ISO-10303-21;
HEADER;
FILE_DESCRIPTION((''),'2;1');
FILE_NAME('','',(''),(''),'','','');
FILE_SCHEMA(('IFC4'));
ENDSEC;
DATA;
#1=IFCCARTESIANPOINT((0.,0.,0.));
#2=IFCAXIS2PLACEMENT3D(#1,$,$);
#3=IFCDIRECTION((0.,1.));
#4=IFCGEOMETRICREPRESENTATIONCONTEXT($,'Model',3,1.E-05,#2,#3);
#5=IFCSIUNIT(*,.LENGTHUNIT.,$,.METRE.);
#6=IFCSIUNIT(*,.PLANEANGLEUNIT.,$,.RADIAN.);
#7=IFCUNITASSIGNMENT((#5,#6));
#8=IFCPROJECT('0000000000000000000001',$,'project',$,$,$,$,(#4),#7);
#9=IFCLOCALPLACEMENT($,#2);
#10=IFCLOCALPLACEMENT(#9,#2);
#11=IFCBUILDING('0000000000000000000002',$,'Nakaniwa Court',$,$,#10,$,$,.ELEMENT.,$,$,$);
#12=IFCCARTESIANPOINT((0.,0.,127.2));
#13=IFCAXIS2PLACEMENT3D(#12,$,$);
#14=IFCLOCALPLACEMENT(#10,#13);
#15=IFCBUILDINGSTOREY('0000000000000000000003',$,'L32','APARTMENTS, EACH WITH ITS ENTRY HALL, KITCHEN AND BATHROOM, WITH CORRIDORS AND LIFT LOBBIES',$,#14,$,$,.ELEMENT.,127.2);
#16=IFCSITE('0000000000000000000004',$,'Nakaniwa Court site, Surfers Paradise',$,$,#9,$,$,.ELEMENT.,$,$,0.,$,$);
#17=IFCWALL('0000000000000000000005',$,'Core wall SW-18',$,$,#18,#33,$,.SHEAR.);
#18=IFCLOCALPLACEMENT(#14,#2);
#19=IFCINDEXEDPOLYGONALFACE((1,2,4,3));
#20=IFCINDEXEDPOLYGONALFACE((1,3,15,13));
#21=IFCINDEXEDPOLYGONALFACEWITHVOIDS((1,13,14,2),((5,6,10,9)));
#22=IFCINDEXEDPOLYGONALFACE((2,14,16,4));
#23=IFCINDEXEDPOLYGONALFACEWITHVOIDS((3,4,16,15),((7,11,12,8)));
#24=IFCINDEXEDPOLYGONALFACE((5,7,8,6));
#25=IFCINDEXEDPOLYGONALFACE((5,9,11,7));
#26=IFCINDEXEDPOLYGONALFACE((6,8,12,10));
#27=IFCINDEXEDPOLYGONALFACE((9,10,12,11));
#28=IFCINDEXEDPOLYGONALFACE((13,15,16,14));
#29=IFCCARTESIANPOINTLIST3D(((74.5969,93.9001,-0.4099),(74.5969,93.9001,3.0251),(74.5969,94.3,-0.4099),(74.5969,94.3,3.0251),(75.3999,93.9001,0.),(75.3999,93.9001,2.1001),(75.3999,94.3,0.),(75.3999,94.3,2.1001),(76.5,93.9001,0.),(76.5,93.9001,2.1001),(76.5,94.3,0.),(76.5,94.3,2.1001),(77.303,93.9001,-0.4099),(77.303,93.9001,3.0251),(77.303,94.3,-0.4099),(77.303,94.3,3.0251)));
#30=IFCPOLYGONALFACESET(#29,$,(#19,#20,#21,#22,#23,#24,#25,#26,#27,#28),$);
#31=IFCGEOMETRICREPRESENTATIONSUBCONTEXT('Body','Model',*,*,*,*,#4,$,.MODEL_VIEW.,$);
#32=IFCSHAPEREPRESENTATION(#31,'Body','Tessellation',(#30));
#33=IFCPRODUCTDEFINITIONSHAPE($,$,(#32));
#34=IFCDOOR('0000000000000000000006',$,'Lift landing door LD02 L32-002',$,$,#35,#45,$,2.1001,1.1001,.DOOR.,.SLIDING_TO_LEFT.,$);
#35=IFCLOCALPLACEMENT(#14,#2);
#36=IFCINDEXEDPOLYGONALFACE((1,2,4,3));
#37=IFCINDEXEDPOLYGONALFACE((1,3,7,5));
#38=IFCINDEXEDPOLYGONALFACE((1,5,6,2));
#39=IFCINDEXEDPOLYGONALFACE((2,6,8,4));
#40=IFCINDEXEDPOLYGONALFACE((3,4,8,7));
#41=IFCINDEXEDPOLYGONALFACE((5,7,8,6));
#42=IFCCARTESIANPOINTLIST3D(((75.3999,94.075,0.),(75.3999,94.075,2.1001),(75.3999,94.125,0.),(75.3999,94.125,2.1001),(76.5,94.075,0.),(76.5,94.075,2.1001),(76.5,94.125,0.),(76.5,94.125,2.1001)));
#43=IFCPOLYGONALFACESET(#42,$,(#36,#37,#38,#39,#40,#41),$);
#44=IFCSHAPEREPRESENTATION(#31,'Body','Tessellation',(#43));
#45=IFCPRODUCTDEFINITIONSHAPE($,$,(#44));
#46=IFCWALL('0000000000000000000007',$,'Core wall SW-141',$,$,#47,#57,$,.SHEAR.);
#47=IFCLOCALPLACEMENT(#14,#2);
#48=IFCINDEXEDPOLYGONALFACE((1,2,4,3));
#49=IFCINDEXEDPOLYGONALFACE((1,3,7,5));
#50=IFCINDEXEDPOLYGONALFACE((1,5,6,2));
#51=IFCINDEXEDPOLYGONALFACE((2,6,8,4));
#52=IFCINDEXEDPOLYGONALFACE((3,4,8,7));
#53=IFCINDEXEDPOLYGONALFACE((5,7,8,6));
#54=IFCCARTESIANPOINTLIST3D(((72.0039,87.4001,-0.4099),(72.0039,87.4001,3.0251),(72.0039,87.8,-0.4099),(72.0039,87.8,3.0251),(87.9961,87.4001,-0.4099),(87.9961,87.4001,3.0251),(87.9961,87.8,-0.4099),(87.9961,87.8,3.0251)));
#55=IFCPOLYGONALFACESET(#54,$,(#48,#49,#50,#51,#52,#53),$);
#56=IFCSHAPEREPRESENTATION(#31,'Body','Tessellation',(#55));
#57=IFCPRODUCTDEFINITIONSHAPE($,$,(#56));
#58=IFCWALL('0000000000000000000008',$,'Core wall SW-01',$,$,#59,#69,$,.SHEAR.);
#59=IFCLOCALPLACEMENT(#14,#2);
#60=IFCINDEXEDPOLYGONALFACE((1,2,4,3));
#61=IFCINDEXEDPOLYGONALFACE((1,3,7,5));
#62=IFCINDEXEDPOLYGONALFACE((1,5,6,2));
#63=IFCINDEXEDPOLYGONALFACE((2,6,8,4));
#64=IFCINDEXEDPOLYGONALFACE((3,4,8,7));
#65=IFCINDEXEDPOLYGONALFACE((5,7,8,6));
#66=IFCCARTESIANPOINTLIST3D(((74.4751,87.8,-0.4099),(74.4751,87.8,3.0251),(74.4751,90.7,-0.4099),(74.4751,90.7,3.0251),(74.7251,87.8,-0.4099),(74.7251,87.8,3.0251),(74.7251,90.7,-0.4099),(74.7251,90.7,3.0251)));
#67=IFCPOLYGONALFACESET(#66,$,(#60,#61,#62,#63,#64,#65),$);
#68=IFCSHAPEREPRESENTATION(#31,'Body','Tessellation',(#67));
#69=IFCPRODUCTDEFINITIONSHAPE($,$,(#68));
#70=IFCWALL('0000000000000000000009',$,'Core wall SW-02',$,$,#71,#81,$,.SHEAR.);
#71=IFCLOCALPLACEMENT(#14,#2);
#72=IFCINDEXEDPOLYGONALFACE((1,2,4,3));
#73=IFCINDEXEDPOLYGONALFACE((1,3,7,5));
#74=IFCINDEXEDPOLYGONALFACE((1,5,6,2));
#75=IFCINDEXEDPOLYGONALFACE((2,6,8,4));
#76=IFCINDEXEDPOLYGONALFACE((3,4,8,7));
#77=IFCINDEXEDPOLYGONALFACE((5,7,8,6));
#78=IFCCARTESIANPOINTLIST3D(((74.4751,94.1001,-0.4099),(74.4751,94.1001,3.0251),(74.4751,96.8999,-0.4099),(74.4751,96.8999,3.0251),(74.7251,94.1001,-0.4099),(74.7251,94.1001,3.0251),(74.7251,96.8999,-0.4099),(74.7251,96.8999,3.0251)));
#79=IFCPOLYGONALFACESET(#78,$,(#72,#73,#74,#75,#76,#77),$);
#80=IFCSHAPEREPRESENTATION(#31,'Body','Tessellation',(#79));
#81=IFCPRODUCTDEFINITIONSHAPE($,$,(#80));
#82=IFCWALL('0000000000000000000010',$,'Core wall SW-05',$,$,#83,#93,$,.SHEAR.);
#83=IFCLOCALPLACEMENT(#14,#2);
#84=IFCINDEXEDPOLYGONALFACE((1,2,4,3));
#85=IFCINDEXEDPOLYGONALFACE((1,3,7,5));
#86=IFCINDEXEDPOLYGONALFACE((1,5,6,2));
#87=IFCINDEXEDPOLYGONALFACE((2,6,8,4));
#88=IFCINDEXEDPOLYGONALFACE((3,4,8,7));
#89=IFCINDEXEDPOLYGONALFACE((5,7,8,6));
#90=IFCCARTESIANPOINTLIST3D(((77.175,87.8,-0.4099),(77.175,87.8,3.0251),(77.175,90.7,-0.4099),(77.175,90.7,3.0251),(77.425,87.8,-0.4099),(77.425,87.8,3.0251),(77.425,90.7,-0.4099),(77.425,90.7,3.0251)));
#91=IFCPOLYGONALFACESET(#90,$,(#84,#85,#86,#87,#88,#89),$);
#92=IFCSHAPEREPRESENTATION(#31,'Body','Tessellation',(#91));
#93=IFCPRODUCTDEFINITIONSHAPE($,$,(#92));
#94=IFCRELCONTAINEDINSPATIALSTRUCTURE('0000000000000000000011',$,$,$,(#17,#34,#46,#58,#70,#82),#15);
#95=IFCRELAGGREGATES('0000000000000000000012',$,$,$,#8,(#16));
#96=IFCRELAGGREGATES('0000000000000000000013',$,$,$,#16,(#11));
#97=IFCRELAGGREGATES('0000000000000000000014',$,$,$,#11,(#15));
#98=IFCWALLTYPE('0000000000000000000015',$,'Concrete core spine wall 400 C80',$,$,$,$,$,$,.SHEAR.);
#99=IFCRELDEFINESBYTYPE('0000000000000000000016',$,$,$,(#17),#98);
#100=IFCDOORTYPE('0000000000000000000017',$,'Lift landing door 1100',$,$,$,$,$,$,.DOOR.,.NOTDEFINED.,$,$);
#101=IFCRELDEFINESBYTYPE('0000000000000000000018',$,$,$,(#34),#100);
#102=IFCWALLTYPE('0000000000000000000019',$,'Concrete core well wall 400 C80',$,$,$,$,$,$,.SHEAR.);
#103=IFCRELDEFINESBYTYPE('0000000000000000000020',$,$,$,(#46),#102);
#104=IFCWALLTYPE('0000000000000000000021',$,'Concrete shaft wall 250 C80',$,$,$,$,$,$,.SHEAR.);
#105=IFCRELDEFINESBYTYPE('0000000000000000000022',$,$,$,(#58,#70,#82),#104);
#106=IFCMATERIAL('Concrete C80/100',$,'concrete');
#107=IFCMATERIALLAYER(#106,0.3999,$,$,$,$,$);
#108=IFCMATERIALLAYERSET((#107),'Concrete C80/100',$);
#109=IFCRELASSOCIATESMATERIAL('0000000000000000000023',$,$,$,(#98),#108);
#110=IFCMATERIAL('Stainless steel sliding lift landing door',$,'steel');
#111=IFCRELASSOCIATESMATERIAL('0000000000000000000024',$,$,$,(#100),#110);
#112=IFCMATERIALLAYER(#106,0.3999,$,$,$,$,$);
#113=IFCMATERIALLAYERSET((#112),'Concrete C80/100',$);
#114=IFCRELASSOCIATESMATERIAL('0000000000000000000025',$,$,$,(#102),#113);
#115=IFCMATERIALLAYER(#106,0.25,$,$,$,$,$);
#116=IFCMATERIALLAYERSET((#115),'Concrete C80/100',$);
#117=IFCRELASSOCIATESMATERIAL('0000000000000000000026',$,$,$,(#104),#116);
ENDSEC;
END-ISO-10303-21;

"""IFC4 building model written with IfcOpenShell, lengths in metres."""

from ifc_helpers import new_model, si_unit, direction, frame, frame_2d, origin, place, context, subcontext, project, spatial, rectangle, extrude, material, layer, layer_set, type_object, element, fill, save


model = new_model("IFC4")

# Units and contexts
model_context = context("Model", 3, precision=1e-05, world=origin(), true_north=direction((0.0, 1.0)))
body_context = subcontext(model_context, "Body", "Model", "MODEL_VIEW")
ifc_project = project(units=[si_unit("LENGTHUNIT", "METRE"), si_unit("PLANEANGLEUNIT", "RADIAN")], contexts=[model_context])

# Site, building, storey
site_placement = place(None, origin())
site = spatial("IfcSite", under=ifc_project, at=site_placement, Name="Nakaniwa Court site, Surfers Paradise", CompositionType="ELEMENT", RefElevation=0.0)
building_placement = place(site_placement, origin())
building = spatial("IfcBuilding", under=site, at=building_placement, Name="Nakaniwa Court", CompositionType="ELEMENT")
storey_placement = place(building_placement, frame((0.0, 0.0, 127.2)))
storey = spatial("IfcBuildingStorey", under=building, at=storey_placement, Name="L32", Description="APARTMENTS, EACH WITH ITS ENTRY HALL, KITCHEN AND BATHROOM, WITH CORRIDORS AND LIFT LOBBIES", CompositionType="ELEMENT", Elevation=127.2)

# Shared definitions
ifc_material_1 = material(Name="Concrete C80/100", Category="concrete")

# Wall, opening, door
ifc_layer_1 = layer(ifc_material_1, 0.3999)
ifc_layer_set_1 = layer_set([ifc_layer_1], Name="Concrete C80/100")
wall_type_1 = type_object("IfcWallType", Name="Concrete core spine wall 400 C80", PredefinedType="SHEAR", material=ifc_layer_set_1)
ifc_material_2 = material(Name="Stainless steel sliding lift landing door", Category="steel")
door_type_1 = type_object("IfcDoorType", Name="Lift landing door 1100", OperationType="NOTDEFINED", PredefinedType="DOOR", material=ifc_material_2)
wall_1_placement = place(storey_placement, frame((74.5969, 94.1001, -0.4099), z_axis=(0.0, 0.0, 1.0), x_axis=(1.0, 0.0, 0.0)))
wall_1 = element("IfcWall", 1, at=wall_1_placement, inside=storey, type_object=wall_type_1, Name="Core wall SW-18", PredefinedType="SHEAR", context=body_context, shape_type="SweptSolid", body=[
    extrude(rectangle(XDim=2.7061, YDim=0.3999, at=frame_2d((1.353, 0.0))), origin(), (0.0, 0.0, 1.0), 3.4351),
])
opening_1_placement = place(wall_1_placement, frame((0.803, 0.0, 0.4099)))
opening_1 = element("IfcOpeningElement", 2, at=opening_1_placement, cuts=wall_1, PredefinedType="OPENING", context=body_context, shape_type="SweptSolid", body=[
    extrude(rectangle(XDim=1.1001, YDim=2.1001, at=frame_2d((0.55, 1.05))), frame((0.0, 0.21, 0.0), z_axis=(0.0, -1.0, 0.0), x_axis=(1.0, 0.0, 0.0)), (0.0, 0.0, 1.0), 0.4199),
])
door_1_placement = place(opening_1_placement, origin())
door_1 = element("IfcDoor", 3, at=door_1_placement, inside=storey, type_object=door_type_1, Name="Lift landing door LD02 L32-002", OperationType="SLIDING_TO_LEFT", OverallHeight=2.1001, OverallWidth=1.1001, PredefinedType="DOOR", context=body_context, shape_type="SweptSolid", body=[
    extrude(rectangle(XDim=1.1001, YDim=2.1001, at=frame_2d((0.55, 1.05))), frame((0.0, 0.0249, 0.0), z_axis=(0.0, -1.0, 0.0), x_axis=(1.0, 0.0, 0.0)), (0.0, 0.0, 1.0), 0.05),
])
fill(opening_1, door_1)

# Walls
ifc_layer_2 = layer(ifc_material_1, 0.3999)
ifc_layer_set_2 = layer_set([ifc_layer_2], Name="Concrete C80/100")
wall_type_2 = type_object("IfcWallType", Name="Concrete core well wall 400 C80", PredefinedType="SHEAR", material=ifc_layer_set_2)
wall_2_placement = place(storey_placement, frame((72.0039, 87.6001, -0.4099), z_axis=(0.0, 0.0, 1.0), x_axis=(1.0, 0.0, 0.0)))
element("IfcWall", 4, at=wall_2_placement, inside=storey, type_object=wall_type_2, Name="Core wall SW-141", PredefinedType="SHEAR", context=body_context, shape_type="SweptSolid", body=[
    extrude(rectangle(XDim=15.9922, YDim=0.3999, at=frame_2d((7.9961, 0.0))), origin(), (0.0, 0.0, 1.0), 3.4351),
])
ifc_layer_3 = layer(ifc_material_1, 0.25)
ifc_layer_set_3 = layer_set([ifc_layer_3], Name="Concrete C80/100")
wall_type_3 = type_object("IfcWallType", Name="Concrete shaft wall 250 C80", PredefinedType="SHEAR", material=ifc_layer_set_3)
wall_3_placement = place(storey_placement, frame((74.6001, 87.8, -0.4099), z_axis=(0.0, 0.0, 1.0), x_axis=(0.0, 1.0, 0.0)))
element("IfcWall", 5, at=wall_3_placement, inside=storey, type_object=wall_type_3, Name="Core wall SW-01", PredefinedType="SHEAR", context=body_context, shape_type="SweptSolid", body=[
    extrude(rectangle(XDim=2.8999, YDim=0.25, at=frame_2d((1.45, 0.0))), origin(), (0.0, 0.0, 1.0), 3.4351),
])
wall_4_placement = place(storey_placement, frame((74.6001, 94.1001, -0.4099), z_axis=(0.0, 0.0, 1.0), x_axis=(0.0, 1.0, 0.0)))
element("IfcWall", 6, at=wall_4_placement, inside=storey, type_object=wall_type_3, Name="Core wall SW-02", PredefinedType="SHEAR", context=body_context, shape_type="SweptSolid", body=[
    extrude(rectangle(XDim=2.7998, YDim=0.25, at=frame_2d((1.3999, 0.0))), origin(), (0.0, 0.0, 1.0), 3.4351),
])
wall_5_placement = place(storey_placement, frame((77.3, 87.8, -0.4099), z_axis=(0.0, 0.0, 1.0), x_axis=(0.0, 1.0, 0.0)))
element("IfcWall", 7, at=wall_5_placement, inside=storey, type_object=wall_type_3, Name="Core wall SW-05", PredefinedType="SHEAR", context=body_context, shape_type="SweptSolid", body=[
    extrude(rectangle(XDim=2.8999, YDim=0.25, at=frame_2d((1.45, 0.0))), origin(), (0.0, 0.0, 1.0), 3.4351),
])

save(model, "model.ifc")
